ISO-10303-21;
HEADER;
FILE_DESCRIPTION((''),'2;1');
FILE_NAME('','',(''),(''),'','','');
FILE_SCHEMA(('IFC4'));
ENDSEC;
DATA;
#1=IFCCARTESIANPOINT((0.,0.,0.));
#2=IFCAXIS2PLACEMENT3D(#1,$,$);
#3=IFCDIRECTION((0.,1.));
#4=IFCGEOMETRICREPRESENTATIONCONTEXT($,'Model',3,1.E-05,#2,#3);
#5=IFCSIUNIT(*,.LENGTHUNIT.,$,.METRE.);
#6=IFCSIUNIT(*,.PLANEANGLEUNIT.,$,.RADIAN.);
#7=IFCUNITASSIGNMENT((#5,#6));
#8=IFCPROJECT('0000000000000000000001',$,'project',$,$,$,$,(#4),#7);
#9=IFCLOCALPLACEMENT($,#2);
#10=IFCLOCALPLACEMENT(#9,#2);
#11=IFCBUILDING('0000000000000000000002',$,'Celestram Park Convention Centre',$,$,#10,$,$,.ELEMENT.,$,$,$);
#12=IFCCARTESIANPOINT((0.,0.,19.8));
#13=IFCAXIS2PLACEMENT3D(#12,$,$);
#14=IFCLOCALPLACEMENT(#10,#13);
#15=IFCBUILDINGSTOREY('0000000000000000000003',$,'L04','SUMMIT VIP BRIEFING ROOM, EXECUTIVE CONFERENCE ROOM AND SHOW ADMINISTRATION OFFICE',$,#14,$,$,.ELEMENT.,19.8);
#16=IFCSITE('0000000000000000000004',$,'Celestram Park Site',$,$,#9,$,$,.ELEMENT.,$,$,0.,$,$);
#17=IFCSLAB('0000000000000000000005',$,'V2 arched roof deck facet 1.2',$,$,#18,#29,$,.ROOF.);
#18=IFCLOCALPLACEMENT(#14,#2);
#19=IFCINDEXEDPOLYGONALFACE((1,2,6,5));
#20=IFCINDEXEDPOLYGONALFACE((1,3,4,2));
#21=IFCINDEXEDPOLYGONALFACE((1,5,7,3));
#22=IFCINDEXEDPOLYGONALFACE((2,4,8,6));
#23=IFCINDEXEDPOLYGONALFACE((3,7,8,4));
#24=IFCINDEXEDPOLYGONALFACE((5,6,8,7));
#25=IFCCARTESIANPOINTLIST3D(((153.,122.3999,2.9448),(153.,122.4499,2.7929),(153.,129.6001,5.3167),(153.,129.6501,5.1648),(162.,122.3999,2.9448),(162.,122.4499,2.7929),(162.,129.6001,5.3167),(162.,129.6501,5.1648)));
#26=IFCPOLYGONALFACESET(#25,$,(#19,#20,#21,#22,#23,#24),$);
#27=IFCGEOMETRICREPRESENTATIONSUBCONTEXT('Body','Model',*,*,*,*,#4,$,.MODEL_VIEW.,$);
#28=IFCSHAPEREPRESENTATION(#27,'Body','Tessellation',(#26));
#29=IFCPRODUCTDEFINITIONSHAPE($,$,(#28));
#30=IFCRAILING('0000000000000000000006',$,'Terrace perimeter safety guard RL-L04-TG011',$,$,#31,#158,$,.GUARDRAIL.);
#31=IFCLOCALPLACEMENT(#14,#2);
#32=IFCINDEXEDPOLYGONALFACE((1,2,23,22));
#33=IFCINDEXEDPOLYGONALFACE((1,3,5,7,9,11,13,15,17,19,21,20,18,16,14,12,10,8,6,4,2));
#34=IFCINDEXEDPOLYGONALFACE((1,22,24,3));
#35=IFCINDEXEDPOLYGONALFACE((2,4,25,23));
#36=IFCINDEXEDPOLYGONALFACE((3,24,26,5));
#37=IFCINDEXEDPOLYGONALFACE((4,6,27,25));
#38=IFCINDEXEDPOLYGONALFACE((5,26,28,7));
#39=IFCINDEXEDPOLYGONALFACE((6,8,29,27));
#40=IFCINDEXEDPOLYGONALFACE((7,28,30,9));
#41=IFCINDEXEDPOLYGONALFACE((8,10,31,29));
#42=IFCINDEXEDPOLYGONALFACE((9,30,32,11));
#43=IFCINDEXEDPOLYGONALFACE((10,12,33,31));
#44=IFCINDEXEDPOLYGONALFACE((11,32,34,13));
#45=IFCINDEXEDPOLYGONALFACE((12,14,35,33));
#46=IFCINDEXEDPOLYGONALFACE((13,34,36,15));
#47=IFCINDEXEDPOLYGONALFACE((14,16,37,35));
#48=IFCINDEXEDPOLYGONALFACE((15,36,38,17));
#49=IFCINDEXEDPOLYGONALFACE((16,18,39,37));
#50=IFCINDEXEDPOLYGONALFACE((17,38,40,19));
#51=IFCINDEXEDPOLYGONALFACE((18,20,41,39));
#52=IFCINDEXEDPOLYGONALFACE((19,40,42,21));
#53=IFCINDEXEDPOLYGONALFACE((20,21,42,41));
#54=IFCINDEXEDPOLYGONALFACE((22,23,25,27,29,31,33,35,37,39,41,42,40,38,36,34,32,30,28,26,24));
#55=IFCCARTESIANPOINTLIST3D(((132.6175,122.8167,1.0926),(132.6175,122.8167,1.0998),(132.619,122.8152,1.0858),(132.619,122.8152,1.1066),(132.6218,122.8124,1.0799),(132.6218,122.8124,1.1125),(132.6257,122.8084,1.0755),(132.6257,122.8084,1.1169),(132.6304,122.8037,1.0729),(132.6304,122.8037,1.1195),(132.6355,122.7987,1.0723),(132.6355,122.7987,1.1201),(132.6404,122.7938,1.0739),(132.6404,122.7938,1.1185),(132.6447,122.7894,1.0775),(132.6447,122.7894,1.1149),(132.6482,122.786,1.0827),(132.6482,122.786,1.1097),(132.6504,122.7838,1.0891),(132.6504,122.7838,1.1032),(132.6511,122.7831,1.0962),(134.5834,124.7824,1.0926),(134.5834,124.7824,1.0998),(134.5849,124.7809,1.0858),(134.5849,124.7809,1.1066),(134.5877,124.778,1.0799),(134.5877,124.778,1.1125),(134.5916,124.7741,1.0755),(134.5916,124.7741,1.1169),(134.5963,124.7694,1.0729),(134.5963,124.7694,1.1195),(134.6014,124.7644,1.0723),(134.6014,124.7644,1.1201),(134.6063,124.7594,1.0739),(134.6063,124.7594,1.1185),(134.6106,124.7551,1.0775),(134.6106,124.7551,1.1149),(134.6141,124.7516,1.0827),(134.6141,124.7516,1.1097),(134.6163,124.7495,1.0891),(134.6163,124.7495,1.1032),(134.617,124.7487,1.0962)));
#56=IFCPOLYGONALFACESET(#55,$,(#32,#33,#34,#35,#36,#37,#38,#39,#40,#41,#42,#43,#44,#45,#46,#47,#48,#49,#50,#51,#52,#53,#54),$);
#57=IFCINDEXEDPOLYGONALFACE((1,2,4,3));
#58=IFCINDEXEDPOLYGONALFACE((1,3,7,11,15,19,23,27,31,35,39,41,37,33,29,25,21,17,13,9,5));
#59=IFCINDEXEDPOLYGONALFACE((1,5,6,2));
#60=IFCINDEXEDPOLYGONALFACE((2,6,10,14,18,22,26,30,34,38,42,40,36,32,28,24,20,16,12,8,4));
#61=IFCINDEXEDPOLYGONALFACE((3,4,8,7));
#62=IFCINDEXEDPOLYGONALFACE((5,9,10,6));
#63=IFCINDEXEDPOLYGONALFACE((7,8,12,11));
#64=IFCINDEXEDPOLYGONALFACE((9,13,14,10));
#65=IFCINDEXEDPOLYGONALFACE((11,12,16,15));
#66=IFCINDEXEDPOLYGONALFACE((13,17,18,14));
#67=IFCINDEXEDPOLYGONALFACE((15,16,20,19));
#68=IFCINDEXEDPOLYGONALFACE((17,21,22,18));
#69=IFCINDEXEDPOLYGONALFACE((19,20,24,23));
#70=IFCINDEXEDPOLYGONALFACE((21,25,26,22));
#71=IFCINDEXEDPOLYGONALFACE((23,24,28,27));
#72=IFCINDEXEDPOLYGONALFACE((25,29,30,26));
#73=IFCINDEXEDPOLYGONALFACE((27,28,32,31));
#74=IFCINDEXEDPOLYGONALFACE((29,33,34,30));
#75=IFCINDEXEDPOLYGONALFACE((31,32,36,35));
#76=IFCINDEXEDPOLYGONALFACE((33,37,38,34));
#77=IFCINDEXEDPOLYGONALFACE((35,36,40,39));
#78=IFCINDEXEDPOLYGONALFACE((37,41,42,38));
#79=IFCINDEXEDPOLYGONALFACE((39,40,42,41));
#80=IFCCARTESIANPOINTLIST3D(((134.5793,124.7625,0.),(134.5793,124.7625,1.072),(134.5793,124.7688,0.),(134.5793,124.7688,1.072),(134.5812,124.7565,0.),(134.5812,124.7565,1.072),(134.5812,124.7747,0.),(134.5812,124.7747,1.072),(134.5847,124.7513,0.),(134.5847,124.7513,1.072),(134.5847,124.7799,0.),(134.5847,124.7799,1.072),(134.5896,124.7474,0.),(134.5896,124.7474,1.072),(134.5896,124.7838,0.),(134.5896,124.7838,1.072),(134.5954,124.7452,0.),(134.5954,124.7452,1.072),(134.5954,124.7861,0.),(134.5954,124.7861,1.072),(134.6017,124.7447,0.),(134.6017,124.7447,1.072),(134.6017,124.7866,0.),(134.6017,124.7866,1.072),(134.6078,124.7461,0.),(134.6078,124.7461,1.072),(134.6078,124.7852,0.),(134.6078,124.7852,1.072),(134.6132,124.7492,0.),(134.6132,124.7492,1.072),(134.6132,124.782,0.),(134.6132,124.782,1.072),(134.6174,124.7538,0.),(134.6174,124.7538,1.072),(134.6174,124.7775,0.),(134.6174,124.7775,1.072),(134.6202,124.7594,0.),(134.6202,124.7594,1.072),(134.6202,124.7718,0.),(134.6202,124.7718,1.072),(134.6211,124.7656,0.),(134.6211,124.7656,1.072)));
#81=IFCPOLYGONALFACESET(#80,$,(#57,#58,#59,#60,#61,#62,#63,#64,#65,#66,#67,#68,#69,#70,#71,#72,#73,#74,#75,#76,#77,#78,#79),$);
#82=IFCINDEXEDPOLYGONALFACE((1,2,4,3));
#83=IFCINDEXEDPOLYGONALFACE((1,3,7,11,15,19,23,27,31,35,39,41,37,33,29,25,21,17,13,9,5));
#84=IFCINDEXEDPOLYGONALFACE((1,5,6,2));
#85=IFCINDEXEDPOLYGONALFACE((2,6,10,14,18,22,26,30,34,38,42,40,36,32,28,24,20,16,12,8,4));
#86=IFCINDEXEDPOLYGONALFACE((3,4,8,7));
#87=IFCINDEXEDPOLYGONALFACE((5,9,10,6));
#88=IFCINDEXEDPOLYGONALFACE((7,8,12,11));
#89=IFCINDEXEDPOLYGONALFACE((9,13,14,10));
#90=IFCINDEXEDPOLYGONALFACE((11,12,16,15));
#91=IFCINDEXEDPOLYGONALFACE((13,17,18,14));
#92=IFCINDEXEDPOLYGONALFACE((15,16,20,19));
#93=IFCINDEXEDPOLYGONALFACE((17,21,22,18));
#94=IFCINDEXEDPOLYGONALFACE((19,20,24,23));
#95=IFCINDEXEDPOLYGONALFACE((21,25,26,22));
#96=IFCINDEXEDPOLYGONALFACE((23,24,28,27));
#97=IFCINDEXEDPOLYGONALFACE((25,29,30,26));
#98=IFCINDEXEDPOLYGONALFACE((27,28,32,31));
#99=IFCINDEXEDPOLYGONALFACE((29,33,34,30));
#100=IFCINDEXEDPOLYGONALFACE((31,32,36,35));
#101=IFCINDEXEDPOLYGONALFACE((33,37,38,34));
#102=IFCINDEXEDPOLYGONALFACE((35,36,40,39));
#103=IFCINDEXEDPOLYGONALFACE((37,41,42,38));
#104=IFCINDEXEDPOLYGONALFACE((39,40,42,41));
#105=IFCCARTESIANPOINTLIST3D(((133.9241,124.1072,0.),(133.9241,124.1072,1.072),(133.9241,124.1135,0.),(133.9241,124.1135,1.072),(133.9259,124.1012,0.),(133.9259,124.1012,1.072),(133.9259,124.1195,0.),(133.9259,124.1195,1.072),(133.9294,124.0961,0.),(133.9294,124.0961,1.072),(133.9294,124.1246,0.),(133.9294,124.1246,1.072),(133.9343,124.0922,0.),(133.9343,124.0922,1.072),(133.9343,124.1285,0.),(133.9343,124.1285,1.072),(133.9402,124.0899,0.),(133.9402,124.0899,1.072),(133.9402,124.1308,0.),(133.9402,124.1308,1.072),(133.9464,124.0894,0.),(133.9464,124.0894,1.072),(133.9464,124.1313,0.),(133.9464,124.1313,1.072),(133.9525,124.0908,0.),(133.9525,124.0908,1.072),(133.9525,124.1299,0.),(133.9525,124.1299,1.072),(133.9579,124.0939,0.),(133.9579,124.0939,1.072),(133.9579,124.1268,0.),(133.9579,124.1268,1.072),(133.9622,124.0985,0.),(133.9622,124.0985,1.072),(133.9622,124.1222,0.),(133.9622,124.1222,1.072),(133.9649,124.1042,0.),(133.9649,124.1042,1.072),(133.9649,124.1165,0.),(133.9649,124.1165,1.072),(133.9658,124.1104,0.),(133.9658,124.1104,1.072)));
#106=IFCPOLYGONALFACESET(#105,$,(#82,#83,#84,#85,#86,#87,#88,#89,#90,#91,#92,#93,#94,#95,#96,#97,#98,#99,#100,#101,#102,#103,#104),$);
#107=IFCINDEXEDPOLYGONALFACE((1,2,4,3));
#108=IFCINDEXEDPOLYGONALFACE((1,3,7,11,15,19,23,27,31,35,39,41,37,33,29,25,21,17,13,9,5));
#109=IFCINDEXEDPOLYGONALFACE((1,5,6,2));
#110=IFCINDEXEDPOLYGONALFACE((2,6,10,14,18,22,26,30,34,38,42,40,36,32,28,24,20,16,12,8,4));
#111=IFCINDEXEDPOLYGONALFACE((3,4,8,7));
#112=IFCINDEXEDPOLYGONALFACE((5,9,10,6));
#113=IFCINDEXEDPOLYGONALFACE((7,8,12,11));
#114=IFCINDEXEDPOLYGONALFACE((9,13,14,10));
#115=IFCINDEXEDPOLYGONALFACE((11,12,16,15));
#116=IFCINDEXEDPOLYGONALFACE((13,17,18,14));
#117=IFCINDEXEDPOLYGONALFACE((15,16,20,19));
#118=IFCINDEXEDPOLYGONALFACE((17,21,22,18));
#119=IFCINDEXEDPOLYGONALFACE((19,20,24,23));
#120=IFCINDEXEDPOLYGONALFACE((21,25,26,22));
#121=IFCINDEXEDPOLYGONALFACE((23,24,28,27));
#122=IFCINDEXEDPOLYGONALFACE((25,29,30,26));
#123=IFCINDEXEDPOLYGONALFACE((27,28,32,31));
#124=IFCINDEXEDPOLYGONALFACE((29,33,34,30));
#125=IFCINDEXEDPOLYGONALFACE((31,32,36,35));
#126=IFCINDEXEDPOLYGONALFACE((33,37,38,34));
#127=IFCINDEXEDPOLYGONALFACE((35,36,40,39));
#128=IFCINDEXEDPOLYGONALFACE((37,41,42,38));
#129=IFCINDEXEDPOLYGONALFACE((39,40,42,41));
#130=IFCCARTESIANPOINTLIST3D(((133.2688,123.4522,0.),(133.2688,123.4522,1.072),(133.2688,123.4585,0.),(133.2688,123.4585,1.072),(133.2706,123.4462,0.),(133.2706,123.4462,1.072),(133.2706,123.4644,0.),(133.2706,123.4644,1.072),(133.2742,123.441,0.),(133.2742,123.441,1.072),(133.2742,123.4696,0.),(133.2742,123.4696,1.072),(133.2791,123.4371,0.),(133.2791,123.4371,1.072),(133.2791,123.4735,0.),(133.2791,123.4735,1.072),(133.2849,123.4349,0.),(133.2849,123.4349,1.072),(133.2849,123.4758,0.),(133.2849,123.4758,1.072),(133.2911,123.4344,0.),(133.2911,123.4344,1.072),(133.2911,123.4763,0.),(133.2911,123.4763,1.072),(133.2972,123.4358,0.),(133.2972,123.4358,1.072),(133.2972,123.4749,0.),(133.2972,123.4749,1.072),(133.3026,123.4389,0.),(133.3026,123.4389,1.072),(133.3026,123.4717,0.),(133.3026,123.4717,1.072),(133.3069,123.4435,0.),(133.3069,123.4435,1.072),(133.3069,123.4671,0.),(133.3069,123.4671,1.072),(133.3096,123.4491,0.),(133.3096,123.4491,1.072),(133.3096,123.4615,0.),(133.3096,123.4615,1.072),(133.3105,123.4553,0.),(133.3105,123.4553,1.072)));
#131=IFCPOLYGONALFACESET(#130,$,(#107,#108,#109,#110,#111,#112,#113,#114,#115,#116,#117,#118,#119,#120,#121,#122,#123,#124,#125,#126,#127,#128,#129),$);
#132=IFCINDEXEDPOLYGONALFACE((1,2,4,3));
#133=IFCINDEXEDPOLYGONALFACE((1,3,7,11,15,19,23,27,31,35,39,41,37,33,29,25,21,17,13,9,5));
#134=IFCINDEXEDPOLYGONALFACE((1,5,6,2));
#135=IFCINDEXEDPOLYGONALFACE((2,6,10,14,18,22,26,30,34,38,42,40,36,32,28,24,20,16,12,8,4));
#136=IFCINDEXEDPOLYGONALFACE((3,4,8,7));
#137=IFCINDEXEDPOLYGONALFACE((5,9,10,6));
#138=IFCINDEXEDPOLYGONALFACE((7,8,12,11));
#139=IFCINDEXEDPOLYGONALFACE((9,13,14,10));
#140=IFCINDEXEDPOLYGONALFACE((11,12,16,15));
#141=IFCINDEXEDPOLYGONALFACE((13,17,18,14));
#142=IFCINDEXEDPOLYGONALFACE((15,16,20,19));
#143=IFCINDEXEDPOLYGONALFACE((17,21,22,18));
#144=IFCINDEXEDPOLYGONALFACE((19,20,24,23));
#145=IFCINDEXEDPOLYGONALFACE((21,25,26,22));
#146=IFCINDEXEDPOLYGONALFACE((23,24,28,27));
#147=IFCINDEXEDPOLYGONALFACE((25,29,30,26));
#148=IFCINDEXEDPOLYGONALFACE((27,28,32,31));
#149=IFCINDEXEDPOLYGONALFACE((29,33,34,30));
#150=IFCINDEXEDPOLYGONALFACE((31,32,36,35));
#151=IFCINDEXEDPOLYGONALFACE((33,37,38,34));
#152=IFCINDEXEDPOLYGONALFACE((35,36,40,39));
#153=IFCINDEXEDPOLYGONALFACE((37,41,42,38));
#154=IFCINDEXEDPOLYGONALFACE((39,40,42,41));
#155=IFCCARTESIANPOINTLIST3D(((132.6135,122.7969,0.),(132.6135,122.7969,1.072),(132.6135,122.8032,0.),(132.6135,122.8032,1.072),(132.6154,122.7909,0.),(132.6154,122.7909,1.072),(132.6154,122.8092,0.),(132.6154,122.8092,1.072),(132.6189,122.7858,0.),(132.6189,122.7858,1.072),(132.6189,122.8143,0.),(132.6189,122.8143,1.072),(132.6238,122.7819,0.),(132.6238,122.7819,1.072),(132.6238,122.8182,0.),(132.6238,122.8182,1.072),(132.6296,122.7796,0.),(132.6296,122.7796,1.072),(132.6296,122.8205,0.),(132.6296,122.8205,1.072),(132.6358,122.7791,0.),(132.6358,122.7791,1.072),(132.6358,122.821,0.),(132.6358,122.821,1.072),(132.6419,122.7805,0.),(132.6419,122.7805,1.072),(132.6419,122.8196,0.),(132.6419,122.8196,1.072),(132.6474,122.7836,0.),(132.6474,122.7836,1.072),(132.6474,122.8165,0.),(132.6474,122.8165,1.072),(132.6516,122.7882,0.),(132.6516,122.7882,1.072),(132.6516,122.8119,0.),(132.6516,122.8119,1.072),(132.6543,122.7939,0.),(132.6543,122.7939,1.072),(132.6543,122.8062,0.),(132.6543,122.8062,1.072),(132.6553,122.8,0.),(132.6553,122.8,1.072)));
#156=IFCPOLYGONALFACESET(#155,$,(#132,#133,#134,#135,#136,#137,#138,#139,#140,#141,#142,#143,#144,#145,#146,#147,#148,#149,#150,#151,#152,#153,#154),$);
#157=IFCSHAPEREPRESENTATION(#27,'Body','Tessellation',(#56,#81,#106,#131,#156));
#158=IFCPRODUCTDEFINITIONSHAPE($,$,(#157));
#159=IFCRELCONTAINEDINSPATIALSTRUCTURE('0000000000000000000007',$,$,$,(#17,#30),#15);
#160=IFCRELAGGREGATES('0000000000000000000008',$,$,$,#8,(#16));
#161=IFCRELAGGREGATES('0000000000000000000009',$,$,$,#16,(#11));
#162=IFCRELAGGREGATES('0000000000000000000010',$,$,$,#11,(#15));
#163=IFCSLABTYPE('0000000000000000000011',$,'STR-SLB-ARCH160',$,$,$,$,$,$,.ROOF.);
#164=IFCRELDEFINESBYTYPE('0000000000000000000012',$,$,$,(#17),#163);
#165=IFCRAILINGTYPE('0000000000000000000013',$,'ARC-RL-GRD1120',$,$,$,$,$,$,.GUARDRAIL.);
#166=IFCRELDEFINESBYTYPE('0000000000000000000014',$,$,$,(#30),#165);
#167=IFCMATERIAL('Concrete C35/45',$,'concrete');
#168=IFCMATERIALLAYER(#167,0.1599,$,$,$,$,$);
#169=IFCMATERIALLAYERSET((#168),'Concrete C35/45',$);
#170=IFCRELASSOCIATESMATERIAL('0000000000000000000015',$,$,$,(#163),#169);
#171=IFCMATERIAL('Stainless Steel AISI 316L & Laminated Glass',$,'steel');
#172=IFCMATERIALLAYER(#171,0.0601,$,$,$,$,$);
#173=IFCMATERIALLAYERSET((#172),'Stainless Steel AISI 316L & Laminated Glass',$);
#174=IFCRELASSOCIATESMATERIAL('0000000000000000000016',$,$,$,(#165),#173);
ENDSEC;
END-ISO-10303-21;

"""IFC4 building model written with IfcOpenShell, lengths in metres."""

from ifc_helpers import new_model, si_unit, direction, frame, origin, origin_2d, place, context, subcontext, project, spatial, polyline, circle, outline, extrude, material, layer, layer_set, type_object, element, save


model = new_model("IFC4")

# Units and contexts
model_context = context("Model", 3, precision=1e-05, world=origin(), true_north=direction((0.0, 1.0)))
body_context = subcontext(model_context, "Body", "Model", "MODEL_VIEW")
ifc_project = project(units=[si_unit("LENGTHUNIT", "METRE"), si_unit("PLANEANGLEUNIT", "RADIAN")], contexts=[model_context])

# Site, building, storey
site_placement = place(None, origin())
site = spatial("IfcSite", under=ifc_project, at=site_placement, Name="Celestram Park Site", CompositionType="ELEMENT", RefElevation=0.0)
building_placement = place(site_placement, origin())
building = spatial("IfcBuilding", under=site, at=building_placement, Name="Celestram Park Convention Centre", CompositionType="ELEMENT")
storey_placement = place(building_placement, frame((0.0, 0.0, 19.8)))
storey = spatial("IfcBuildingStorey", under=building, at=storey_placement, Name="L04", Description="SUMMIT VIP BRIEFING ROOM, EXECUTIVE CONFERENCE ROOM AND SHOW ADMINISTRATION OFFICE", CompositionType="ELEMENT", Elevation=19.8)

# Slab
ifc_material_1 = material(Name="Concrete C35/45", Category="concrete")
ifc_layer_1 = layer(ifc_material_1, 0.1599)
ifc_layer_set_1 = layer_set([ifc_layer_1], Name="Concrete C35/45")
slab_type = type_object("IfcSlabType", Name="STR-SLB-ARCH160", PredefinedType="ROOF", material=ifc_layer_set_1)
slab_placement = place(storey_placement, frame((153.0, 122.3999, 2.9448), z_axis=(0.0, -0.312873, 0.949795), x_axis=(1.0, 0.0, 0.0)))
element("IfcSlab", 1, at=slab_placement, inside=storey, type_object=slab_type, Name="V2 arched roof deck facet 1.2", PredefinedType="ROOF", context=body_context, shape_type="SweptSolid", body=[
    extrude(outline(polyline([(0.0, 0.0), (9.0, 0.0), (9.0, 7.5808), (0.0, 7.5808), (0.0, 0.0)])), origin(), (0.0, 0.0, -1.0), 0.1599),
])

# Railing
ifc_material_2 = material(Name="Stainless Steel AISI 316L & Laminated Glass", Category="steel")
ifc_layer_2 = layer(ifc_material_2, 0.0601)
ifc_layer_set_2 = layer_set([ifc_layer_2], Name="Stainless Steel AISI 316L & Laminated Glass")
railing_type = type_object("IfcRailingType", Name="ARC-RL-GRD1120", PredefinedType="GUARDRAIL", material=ifc_layer_set_2)
railing_1_placement = place(storey_placement, frame((134.6001, 124.7656, 0.0)))
element("IfcRailing", 2, at=railing_1_placement, inside=storey, type_object=railing_type, Name="Terrace perimeter safety guard RL-L04-TG011", PredefinedType="GUARDRAIL", context=body_context, shape_type="SweptSolid", body=[
    extrude(circle(Radius=0.0239, at=origin_2d()), frame((0.0, 0.0, 1.0962), z_axis=(-0.707151, -0.707063, 0.0), x_axis=(0.707063, -0.707151, 0.0)), (0.0, 0.0, 1.0), 2.78),
    extrude(circle(Radius=0.021, at=origin_2d()), origin(), (0.0, 0.0, 1.0), 1.072),
    extrude(circle(Radius=0.021, at=origin_2d()), frame((-0.6553, -0.6553, 0.0)), (0.0, 0.0, 1.0), 1.072),
    extrude(circle(Radius=0.021, at=origin_2d()), frame((-1.3105, -1.3103, 0.0)), (0.0, 0.0, 1.0), 1.072),
    extrude(circle(Radius=0.021, at=origin_2d()), frame((-1.9658, -1.9656, 0.0)), (0.0, 0.0, 1.0), 1.072),
])

save(model, "model.ifc")
